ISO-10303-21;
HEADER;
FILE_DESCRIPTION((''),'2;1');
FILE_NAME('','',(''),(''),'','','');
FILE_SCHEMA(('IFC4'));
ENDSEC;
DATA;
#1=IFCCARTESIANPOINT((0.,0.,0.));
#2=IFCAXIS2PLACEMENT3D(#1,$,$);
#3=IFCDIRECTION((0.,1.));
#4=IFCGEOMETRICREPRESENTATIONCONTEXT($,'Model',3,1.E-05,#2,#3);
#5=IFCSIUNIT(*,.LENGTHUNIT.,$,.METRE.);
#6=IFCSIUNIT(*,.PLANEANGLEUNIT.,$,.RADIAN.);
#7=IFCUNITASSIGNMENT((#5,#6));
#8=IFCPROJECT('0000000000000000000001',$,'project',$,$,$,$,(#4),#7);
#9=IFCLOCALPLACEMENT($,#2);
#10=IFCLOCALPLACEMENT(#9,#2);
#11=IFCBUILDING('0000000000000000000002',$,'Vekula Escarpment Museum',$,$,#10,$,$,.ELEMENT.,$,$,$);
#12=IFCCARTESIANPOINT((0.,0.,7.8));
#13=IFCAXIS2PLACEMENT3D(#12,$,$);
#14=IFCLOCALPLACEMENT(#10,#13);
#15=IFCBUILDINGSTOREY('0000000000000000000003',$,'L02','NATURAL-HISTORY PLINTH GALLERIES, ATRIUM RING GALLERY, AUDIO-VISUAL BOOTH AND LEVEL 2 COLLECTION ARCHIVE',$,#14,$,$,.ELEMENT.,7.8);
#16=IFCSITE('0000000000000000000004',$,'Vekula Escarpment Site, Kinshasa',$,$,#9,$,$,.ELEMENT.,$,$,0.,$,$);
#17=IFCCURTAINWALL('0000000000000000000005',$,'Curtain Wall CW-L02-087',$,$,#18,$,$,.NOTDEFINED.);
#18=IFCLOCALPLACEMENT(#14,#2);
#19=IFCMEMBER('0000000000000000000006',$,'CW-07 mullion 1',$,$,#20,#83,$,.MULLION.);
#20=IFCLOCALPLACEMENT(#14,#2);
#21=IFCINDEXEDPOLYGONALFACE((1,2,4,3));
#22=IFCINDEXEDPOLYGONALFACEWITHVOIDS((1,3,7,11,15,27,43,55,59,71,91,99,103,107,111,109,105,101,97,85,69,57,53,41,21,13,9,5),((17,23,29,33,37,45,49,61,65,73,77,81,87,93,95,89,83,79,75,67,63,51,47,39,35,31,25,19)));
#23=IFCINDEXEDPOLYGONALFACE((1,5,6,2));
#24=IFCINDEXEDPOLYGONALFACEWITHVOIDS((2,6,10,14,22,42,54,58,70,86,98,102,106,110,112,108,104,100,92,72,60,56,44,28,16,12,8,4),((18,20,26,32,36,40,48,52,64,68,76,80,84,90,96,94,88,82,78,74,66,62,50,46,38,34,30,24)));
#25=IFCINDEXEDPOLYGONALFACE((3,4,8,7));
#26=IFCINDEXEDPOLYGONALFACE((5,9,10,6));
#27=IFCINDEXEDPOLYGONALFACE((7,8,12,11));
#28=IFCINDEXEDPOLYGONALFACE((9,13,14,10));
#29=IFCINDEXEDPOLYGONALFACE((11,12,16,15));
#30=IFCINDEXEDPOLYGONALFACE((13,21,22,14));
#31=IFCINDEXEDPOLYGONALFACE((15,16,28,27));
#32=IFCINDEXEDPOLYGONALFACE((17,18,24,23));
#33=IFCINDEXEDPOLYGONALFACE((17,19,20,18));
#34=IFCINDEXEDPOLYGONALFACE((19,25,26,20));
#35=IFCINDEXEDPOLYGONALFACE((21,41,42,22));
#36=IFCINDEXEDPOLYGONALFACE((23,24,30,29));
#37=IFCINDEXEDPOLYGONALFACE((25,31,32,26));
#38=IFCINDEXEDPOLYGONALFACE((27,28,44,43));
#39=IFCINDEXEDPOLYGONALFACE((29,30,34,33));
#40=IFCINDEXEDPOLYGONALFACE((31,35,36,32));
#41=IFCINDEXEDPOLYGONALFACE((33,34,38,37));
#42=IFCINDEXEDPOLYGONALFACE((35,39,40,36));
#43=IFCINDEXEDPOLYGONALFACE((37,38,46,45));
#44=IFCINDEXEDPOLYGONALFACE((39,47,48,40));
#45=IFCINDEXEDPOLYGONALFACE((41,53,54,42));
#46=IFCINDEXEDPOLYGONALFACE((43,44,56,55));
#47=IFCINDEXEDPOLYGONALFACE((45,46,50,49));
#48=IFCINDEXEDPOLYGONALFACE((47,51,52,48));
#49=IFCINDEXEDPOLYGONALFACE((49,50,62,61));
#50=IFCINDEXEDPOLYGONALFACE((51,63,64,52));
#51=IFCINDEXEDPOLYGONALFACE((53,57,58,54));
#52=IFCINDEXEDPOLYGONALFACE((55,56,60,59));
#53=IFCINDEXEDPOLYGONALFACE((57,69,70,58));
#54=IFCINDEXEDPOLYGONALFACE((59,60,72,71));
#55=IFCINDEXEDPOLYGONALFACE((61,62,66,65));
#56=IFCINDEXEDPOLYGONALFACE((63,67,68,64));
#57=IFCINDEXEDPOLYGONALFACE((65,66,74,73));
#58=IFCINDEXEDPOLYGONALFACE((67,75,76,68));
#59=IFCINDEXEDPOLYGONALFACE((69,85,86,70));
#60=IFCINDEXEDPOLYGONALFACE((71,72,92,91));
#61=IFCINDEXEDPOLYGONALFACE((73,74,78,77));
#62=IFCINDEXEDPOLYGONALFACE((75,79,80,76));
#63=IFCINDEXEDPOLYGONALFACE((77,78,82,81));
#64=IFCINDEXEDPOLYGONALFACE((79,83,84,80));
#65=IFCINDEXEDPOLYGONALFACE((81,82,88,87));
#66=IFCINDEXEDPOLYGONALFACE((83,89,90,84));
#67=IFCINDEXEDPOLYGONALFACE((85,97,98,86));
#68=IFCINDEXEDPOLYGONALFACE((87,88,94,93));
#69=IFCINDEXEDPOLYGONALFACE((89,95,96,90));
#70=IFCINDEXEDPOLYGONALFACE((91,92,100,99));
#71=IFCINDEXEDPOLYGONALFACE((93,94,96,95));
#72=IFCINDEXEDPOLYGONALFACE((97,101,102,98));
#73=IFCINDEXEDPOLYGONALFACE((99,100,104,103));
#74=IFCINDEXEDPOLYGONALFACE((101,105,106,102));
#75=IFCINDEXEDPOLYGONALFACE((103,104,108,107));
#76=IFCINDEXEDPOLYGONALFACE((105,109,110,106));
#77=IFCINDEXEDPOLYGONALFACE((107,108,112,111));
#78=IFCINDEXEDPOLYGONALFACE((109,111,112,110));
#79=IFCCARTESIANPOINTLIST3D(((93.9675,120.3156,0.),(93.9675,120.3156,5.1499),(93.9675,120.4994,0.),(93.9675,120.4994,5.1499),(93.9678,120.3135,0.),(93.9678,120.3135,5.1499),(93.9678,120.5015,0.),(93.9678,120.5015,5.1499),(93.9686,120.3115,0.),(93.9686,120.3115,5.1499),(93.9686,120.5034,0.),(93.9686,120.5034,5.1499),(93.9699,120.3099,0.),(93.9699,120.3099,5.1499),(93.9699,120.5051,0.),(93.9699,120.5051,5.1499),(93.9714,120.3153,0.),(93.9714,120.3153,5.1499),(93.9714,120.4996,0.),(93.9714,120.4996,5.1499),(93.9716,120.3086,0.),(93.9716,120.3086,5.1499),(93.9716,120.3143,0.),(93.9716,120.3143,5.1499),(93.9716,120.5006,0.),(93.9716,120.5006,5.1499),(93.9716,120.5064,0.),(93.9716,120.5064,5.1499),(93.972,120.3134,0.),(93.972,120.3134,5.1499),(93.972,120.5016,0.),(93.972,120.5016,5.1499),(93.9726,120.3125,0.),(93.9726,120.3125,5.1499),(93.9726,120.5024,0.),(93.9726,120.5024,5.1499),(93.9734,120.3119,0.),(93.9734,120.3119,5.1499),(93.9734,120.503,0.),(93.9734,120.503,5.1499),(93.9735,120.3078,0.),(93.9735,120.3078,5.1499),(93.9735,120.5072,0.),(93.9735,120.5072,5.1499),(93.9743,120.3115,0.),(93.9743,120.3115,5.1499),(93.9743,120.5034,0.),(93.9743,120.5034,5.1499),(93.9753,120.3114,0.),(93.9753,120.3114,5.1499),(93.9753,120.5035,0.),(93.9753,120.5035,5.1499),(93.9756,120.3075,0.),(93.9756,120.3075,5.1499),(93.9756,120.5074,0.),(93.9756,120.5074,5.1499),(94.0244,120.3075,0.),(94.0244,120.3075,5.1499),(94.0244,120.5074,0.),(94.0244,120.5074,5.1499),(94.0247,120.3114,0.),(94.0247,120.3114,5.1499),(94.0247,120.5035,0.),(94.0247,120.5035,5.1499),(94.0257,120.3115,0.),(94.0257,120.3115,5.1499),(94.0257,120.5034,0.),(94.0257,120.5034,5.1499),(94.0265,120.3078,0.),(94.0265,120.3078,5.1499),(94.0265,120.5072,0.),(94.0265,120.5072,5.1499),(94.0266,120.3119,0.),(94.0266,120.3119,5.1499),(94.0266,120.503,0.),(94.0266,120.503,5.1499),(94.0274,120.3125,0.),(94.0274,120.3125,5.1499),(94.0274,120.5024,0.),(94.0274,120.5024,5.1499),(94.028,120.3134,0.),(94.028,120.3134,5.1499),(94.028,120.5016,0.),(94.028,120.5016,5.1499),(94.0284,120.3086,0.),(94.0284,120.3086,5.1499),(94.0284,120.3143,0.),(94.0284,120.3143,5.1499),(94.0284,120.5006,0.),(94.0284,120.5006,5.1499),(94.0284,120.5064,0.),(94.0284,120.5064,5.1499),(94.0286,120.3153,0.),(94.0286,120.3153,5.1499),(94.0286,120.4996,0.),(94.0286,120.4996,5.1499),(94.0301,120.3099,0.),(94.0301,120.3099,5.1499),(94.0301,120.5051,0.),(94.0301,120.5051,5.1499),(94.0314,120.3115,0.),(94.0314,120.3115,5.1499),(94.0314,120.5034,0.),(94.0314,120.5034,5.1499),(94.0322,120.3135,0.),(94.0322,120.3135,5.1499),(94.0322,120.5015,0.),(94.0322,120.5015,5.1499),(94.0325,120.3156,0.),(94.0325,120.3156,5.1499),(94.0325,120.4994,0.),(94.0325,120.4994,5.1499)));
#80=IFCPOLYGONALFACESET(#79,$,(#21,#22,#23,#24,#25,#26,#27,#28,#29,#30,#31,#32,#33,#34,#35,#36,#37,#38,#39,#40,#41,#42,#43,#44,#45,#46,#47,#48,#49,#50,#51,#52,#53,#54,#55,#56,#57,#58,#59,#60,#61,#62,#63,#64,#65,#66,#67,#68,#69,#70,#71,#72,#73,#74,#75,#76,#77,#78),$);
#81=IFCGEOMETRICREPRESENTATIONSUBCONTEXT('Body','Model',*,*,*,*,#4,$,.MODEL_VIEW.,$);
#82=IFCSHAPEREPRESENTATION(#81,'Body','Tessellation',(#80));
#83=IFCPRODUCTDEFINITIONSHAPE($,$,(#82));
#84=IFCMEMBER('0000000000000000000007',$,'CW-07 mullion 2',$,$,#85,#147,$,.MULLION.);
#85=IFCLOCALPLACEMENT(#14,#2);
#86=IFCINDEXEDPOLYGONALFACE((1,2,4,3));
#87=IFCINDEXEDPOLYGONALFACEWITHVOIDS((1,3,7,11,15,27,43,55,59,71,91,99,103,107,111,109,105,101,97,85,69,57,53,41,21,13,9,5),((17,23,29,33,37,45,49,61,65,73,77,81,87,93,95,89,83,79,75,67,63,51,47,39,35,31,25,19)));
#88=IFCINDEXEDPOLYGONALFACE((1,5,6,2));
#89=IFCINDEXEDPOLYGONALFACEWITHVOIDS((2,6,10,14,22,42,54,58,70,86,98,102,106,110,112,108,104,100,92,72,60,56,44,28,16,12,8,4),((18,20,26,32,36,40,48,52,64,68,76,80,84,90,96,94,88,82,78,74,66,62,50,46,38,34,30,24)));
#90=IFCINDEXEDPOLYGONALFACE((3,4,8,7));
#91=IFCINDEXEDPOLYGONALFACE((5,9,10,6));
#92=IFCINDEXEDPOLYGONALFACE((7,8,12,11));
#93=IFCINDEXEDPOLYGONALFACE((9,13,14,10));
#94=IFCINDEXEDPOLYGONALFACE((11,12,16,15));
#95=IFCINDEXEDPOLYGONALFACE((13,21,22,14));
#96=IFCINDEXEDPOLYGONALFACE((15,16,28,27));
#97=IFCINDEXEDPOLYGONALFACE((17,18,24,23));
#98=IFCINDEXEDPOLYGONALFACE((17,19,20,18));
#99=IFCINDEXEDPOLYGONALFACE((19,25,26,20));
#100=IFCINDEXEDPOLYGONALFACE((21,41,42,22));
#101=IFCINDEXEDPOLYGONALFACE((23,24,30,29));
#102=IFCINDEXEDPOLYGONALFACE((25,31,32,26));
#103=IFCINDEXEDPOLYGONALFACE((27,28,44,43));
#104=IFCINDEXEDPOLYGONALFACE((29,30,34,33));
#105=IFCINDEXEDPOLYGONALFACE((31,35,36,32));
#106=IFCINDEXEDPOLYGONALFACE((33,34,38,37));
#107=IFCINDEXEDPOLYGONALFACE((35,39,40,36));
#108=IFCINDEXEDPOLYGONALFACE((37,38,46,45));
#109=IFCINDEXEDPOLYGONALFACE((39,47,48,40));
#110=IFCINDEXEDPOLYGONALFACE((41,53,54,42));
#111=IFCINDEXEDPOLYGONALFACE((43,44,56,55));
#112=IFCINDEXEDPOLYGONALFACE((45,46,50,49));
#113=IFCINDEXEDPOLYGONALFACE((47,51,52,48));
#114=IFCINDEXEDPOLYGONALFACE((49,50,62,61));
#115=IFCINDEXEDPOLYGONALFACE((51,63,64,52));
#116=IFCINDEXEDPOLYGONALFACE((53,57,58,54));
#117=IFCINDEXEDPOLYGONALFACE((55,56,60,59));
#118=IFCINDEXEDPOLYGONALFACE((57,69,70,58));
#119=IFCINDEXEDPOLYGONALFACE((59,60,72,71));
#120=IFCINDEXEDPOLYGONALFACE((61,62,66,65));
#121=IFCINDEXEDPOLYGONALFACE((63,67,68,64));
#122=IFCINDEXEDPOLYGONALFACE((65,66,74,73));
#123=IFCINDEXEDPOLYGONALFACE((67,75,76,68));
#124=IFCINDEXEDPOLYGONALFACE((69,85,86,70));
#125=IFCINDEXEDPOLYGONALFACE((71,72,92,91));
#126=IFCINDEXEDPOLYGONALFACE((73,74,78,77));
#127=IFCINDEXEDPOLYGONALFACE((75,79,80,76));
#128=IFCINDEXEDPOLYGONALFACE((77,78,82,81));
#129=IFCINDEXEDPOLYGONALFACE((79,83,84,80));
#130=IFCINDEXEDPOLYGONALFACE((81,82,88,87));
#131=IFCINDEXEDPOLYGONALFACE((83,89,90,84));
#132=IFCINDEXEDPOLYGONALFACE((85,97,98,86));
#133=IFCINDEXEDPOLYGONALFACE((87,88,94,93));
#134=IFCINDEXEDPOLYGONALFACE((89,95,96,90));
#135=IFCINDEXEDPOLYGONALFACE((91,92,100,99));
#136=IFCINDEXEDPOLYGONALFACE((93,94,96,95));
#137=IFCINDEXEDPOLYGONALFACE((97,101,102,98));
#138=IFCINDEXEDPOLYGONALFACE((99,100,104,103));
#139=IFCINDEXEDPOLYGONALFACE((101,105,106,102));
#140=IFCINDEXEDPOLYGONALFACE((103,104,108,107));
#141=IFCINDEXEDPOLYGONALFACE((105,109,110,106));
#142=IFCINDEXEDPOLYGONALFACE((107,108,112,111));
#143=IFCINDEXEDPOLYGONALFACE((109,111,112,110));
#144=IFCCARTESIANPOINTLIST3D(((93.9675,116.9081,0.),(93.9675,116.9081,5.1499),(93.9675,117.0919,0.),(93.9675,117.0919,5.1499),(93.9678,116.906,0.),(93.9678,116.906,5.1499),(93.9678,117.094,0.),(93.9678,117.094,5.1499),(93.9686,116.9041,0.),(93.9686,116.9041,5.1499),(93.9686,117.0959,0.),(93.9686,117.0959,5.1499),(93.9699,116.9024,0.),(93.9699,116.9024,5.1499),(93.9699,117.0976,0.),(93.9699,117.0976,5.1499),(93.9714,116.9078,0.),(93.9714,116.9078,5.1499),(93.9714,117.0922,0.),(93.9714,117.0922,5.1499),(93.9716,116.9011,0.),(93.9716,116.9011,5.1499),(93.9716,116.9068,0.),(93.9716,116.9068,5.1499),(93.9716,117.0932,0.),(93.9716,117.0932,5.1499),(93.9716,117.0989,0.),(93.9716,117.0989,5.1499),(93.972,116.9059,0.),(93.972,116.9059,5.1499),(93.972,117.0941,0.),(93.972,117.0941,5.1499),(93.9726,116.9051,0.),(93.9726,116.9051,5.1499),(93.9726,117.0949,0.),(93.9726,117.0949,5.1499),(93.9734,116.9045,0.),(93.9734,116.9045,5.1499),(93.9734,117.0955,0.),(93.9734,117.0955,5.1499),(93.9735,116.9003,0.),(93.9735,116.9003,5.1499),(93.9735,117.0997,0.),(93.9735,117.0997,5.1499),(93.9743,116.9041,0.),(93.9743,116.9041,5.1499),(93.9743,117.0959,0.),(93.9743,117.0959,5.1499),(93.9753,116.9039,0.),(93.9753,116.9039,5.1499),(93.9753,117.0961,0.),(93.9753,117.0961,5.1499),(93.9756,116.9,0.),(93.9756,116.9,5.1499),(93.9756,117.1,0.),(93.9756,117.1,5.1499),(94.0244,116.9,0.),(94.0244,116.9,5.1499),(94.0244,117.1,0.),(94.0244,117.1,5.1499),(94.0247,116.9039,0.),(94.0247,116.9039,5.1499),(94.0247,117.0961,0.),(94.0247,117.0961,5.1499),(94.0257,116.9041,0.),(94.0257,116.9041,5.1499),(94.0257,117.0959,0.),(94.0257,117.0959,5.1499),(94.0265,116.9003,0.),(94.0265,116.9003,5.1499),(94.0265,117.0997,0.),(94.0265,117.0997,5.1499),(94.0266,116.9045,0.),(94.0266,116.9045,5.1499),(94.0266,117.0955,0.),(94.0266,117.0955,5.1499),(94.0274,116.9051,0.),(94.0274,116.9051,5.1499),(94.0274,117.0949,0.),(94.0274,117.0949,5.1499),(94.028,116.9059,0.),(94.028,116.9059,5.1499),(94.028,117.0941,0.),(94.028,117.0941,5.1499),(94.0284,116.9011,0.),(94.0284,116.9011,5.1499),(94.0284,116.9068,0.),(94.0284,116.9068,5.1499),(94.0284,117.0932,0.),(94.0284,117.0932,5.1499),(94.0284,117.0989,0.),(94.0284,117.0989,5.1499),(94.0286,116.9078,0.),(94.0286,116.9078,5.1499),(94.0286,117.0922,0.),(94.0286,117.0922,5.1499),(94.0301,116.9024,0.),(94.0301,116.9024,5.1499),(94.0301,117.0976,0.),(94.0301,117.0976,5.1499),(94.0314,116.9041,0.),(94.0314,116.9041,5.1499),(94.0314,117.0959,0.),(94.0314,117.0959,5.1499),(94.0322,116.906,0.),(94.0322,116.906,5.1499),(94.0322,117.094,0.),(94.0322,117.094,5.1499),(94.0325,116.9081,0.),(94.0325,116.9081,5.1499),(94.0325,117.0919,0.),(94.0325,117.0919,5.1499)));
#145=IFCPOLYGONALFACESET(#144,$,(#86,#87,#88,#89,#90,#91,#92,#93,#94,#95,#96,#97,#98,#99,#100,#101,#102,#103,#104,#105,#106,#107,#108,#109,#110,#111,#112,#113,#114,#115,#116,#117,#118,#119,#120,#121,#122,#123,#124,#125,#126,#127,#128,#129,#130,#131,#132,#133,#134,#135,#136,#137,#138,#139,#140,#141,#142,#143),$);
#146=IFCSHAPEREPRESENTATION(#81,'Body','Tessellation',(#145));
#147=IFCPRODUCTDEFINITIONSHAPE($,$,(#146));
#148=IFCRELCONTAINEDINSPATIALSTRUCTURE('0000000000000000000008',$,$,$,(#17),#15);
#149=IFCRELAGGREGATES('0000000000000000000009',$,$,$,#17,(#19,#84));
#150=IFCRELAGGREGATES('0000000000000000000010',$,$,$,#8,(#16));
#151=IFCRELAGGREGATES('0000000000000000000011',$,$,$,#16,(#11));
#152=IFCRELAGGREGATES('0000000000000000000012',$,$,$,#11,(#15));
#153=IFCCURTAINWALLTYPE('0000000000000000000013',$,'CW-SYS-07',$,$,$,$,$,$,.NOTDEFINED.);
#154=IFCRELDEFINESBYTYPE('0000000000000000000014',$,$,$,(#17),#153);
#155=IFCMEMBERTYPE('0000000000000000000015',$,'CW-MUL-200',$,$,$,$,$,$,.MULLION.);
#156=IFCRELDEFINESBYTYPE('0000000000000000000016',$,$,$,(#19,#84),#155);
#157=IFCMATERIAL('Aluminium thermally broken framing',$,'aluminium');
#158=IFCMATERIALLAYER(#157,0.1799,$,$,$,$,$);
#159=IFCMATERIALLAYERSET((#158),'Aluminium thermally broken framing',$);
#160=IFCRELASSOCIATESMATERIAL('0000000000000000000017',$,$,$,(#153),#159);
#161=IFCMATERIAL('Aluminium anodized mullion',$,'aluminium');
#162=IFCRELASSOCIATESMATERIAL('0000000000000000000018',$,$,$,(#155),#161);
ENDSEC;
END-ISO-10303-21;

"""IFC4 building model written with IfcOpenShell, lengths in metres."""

from ifc_helpers import new_model, si_unit, direction, frame, origin, origin_2d, place, context, subcontext, project, spatial, hollow_rectangle, extrude, material, layer, layer_set, material_profile, profile_set, type_object, element, aggregate, save


model = new_model("IFC4")

# Units and contexts
model_context = context("Model", 3, precision=1e-05, world=origin(), true_north=direction((0.0, 1.0)))
body_context = subcontext(model_context, "Body", "Model", "MODEL_VIEW")
ifc_project = project(units=[si_unit("LENGTHUNIT", "METRE"), si_unit("PLANEANGLEUNIT", "RADIAN")], contexts=[model_context])

# Site, building, storey
site_placement = place(None, origin())
site = spatial("IfcSite", under=ifc_project, at=site_placement, Name="Vekula Escarpment Site, Kinshasa", CompositionType="ELEMENT", RefElevation=0.0)
building_placement = place(site_placement, origin())
building = spatial("IfcBuilding", under=site, at=building_placement, Name="Vekula Escarpment Museum", CompositionType="ELEMENT")
storey_placement = place(building_placement, frame((0.0, 0.0, 7.8)))
storey = spatial("IfcBuildingStorey", under=building, at=storey_placement, Name="L02", Description="NATURAL-HISTORY PLINTH GALLERIES, ATRIUM RING GALLERY, AUDIO-VISUAL BOOTH AND LEVEL 2 COLLECTION ARCHIVE", CompositionType="ELEMENT", Elevation=7.8)

# Curtain wall, members
ifc_material_1 = material(Name="Aluminium thermally broken framing", Category="aluminium")
ifc_layer_1 = layer(ifc_material_1, 0.1799)
ifc_layer_set_1 = layer_set([ifc_layer_1], Name="Aluminium thermally broken framing")
curtain_wall_type_1 = type_object("IfcCurtainWallType", Name="CW-SYS-07", PredefinedType="NOTDEFINED", material=ifc_layer_set_1)
curtain_wall_1_placement = place(storey_placement, origin())
curtain_wall_1 = element("IfcCurtainWall", 1, at=curtain_wall_1_placement, inside=storey, type_object=curtain_wall_type_1, Name="Curtain Wall CW-L02-087", PredefinedType="NOTDEFINED")
ifc_material_2 = material(Name="Aluminium anodized mullion", Category="aluminium")
ifc_material_profile_1 = material_profile(ifc_material_2, hollow_rectangle(XDim=0.0649, YDim=0.2, WallThickness=0.0039, InnerFilletRadius=0.0039, OuterFilletRadius=0.0081, at=origin_2d()), Name="ALU 200x65x4")
ifc_profile_set_1 = profile_set([ifc_material_profile_1], Name="Aluminium anodized mullion")
member_type_1 = type_object("IfcMemberType", Name="CW-MUL-200", PredefinedType="MULLION", material=ifc_profile_set_1)
member_1_placement = place(storey_placement, frame((94.0, 120.4075, 0.0), z_axis=(0.0, 0.0, 1.0), x_axis=(1.0, 0.0, 0.0)))
member_1 = element("IfcMember", 2, at=member_1_placement, type_object=member_type_1, Name="CW-07 mullion 1", PredefinedType="MULLION", context=body_context, shape_type="SweptSolid", body=[
    extrude(hollow_rectangle(XDim=0.0649, YDim=0.2, WallThickness=0.0039, InnerFilletRadius=0.0039, OuterFilletRadius=0.0081, at=origin_2d()), origin(), (0.0, 0.0, 1.0), 5.1499),
])
member_2_placement = place(storey_placement, frame((94.0, 117.0, 0.0), z_axis=(0.0, 0.0, 1.0), x_axis=(1.0, 0.0, 0.0)))
member_2 = element("IfcMember", 3, at=member_2_placement, type_object=member_type_1, Name="CW-07 mullion 2", PredefinedType="MULLION", context=body_context, shape_type="SweptSolid", body=[
    extrude(hollow_rectangle(XDim=0.0649, YDim=0.2, WallThickness=0.0039, InnerFilletRadius=0.0039, OuterFilletRadius=0.0081, at=origin_2d()), origin(), (0.0, 0.0, 1.0), 5.1499),
])

aggregate(curtain_wall_1, [member_1, member_2])

save(model, "model.ifc")
